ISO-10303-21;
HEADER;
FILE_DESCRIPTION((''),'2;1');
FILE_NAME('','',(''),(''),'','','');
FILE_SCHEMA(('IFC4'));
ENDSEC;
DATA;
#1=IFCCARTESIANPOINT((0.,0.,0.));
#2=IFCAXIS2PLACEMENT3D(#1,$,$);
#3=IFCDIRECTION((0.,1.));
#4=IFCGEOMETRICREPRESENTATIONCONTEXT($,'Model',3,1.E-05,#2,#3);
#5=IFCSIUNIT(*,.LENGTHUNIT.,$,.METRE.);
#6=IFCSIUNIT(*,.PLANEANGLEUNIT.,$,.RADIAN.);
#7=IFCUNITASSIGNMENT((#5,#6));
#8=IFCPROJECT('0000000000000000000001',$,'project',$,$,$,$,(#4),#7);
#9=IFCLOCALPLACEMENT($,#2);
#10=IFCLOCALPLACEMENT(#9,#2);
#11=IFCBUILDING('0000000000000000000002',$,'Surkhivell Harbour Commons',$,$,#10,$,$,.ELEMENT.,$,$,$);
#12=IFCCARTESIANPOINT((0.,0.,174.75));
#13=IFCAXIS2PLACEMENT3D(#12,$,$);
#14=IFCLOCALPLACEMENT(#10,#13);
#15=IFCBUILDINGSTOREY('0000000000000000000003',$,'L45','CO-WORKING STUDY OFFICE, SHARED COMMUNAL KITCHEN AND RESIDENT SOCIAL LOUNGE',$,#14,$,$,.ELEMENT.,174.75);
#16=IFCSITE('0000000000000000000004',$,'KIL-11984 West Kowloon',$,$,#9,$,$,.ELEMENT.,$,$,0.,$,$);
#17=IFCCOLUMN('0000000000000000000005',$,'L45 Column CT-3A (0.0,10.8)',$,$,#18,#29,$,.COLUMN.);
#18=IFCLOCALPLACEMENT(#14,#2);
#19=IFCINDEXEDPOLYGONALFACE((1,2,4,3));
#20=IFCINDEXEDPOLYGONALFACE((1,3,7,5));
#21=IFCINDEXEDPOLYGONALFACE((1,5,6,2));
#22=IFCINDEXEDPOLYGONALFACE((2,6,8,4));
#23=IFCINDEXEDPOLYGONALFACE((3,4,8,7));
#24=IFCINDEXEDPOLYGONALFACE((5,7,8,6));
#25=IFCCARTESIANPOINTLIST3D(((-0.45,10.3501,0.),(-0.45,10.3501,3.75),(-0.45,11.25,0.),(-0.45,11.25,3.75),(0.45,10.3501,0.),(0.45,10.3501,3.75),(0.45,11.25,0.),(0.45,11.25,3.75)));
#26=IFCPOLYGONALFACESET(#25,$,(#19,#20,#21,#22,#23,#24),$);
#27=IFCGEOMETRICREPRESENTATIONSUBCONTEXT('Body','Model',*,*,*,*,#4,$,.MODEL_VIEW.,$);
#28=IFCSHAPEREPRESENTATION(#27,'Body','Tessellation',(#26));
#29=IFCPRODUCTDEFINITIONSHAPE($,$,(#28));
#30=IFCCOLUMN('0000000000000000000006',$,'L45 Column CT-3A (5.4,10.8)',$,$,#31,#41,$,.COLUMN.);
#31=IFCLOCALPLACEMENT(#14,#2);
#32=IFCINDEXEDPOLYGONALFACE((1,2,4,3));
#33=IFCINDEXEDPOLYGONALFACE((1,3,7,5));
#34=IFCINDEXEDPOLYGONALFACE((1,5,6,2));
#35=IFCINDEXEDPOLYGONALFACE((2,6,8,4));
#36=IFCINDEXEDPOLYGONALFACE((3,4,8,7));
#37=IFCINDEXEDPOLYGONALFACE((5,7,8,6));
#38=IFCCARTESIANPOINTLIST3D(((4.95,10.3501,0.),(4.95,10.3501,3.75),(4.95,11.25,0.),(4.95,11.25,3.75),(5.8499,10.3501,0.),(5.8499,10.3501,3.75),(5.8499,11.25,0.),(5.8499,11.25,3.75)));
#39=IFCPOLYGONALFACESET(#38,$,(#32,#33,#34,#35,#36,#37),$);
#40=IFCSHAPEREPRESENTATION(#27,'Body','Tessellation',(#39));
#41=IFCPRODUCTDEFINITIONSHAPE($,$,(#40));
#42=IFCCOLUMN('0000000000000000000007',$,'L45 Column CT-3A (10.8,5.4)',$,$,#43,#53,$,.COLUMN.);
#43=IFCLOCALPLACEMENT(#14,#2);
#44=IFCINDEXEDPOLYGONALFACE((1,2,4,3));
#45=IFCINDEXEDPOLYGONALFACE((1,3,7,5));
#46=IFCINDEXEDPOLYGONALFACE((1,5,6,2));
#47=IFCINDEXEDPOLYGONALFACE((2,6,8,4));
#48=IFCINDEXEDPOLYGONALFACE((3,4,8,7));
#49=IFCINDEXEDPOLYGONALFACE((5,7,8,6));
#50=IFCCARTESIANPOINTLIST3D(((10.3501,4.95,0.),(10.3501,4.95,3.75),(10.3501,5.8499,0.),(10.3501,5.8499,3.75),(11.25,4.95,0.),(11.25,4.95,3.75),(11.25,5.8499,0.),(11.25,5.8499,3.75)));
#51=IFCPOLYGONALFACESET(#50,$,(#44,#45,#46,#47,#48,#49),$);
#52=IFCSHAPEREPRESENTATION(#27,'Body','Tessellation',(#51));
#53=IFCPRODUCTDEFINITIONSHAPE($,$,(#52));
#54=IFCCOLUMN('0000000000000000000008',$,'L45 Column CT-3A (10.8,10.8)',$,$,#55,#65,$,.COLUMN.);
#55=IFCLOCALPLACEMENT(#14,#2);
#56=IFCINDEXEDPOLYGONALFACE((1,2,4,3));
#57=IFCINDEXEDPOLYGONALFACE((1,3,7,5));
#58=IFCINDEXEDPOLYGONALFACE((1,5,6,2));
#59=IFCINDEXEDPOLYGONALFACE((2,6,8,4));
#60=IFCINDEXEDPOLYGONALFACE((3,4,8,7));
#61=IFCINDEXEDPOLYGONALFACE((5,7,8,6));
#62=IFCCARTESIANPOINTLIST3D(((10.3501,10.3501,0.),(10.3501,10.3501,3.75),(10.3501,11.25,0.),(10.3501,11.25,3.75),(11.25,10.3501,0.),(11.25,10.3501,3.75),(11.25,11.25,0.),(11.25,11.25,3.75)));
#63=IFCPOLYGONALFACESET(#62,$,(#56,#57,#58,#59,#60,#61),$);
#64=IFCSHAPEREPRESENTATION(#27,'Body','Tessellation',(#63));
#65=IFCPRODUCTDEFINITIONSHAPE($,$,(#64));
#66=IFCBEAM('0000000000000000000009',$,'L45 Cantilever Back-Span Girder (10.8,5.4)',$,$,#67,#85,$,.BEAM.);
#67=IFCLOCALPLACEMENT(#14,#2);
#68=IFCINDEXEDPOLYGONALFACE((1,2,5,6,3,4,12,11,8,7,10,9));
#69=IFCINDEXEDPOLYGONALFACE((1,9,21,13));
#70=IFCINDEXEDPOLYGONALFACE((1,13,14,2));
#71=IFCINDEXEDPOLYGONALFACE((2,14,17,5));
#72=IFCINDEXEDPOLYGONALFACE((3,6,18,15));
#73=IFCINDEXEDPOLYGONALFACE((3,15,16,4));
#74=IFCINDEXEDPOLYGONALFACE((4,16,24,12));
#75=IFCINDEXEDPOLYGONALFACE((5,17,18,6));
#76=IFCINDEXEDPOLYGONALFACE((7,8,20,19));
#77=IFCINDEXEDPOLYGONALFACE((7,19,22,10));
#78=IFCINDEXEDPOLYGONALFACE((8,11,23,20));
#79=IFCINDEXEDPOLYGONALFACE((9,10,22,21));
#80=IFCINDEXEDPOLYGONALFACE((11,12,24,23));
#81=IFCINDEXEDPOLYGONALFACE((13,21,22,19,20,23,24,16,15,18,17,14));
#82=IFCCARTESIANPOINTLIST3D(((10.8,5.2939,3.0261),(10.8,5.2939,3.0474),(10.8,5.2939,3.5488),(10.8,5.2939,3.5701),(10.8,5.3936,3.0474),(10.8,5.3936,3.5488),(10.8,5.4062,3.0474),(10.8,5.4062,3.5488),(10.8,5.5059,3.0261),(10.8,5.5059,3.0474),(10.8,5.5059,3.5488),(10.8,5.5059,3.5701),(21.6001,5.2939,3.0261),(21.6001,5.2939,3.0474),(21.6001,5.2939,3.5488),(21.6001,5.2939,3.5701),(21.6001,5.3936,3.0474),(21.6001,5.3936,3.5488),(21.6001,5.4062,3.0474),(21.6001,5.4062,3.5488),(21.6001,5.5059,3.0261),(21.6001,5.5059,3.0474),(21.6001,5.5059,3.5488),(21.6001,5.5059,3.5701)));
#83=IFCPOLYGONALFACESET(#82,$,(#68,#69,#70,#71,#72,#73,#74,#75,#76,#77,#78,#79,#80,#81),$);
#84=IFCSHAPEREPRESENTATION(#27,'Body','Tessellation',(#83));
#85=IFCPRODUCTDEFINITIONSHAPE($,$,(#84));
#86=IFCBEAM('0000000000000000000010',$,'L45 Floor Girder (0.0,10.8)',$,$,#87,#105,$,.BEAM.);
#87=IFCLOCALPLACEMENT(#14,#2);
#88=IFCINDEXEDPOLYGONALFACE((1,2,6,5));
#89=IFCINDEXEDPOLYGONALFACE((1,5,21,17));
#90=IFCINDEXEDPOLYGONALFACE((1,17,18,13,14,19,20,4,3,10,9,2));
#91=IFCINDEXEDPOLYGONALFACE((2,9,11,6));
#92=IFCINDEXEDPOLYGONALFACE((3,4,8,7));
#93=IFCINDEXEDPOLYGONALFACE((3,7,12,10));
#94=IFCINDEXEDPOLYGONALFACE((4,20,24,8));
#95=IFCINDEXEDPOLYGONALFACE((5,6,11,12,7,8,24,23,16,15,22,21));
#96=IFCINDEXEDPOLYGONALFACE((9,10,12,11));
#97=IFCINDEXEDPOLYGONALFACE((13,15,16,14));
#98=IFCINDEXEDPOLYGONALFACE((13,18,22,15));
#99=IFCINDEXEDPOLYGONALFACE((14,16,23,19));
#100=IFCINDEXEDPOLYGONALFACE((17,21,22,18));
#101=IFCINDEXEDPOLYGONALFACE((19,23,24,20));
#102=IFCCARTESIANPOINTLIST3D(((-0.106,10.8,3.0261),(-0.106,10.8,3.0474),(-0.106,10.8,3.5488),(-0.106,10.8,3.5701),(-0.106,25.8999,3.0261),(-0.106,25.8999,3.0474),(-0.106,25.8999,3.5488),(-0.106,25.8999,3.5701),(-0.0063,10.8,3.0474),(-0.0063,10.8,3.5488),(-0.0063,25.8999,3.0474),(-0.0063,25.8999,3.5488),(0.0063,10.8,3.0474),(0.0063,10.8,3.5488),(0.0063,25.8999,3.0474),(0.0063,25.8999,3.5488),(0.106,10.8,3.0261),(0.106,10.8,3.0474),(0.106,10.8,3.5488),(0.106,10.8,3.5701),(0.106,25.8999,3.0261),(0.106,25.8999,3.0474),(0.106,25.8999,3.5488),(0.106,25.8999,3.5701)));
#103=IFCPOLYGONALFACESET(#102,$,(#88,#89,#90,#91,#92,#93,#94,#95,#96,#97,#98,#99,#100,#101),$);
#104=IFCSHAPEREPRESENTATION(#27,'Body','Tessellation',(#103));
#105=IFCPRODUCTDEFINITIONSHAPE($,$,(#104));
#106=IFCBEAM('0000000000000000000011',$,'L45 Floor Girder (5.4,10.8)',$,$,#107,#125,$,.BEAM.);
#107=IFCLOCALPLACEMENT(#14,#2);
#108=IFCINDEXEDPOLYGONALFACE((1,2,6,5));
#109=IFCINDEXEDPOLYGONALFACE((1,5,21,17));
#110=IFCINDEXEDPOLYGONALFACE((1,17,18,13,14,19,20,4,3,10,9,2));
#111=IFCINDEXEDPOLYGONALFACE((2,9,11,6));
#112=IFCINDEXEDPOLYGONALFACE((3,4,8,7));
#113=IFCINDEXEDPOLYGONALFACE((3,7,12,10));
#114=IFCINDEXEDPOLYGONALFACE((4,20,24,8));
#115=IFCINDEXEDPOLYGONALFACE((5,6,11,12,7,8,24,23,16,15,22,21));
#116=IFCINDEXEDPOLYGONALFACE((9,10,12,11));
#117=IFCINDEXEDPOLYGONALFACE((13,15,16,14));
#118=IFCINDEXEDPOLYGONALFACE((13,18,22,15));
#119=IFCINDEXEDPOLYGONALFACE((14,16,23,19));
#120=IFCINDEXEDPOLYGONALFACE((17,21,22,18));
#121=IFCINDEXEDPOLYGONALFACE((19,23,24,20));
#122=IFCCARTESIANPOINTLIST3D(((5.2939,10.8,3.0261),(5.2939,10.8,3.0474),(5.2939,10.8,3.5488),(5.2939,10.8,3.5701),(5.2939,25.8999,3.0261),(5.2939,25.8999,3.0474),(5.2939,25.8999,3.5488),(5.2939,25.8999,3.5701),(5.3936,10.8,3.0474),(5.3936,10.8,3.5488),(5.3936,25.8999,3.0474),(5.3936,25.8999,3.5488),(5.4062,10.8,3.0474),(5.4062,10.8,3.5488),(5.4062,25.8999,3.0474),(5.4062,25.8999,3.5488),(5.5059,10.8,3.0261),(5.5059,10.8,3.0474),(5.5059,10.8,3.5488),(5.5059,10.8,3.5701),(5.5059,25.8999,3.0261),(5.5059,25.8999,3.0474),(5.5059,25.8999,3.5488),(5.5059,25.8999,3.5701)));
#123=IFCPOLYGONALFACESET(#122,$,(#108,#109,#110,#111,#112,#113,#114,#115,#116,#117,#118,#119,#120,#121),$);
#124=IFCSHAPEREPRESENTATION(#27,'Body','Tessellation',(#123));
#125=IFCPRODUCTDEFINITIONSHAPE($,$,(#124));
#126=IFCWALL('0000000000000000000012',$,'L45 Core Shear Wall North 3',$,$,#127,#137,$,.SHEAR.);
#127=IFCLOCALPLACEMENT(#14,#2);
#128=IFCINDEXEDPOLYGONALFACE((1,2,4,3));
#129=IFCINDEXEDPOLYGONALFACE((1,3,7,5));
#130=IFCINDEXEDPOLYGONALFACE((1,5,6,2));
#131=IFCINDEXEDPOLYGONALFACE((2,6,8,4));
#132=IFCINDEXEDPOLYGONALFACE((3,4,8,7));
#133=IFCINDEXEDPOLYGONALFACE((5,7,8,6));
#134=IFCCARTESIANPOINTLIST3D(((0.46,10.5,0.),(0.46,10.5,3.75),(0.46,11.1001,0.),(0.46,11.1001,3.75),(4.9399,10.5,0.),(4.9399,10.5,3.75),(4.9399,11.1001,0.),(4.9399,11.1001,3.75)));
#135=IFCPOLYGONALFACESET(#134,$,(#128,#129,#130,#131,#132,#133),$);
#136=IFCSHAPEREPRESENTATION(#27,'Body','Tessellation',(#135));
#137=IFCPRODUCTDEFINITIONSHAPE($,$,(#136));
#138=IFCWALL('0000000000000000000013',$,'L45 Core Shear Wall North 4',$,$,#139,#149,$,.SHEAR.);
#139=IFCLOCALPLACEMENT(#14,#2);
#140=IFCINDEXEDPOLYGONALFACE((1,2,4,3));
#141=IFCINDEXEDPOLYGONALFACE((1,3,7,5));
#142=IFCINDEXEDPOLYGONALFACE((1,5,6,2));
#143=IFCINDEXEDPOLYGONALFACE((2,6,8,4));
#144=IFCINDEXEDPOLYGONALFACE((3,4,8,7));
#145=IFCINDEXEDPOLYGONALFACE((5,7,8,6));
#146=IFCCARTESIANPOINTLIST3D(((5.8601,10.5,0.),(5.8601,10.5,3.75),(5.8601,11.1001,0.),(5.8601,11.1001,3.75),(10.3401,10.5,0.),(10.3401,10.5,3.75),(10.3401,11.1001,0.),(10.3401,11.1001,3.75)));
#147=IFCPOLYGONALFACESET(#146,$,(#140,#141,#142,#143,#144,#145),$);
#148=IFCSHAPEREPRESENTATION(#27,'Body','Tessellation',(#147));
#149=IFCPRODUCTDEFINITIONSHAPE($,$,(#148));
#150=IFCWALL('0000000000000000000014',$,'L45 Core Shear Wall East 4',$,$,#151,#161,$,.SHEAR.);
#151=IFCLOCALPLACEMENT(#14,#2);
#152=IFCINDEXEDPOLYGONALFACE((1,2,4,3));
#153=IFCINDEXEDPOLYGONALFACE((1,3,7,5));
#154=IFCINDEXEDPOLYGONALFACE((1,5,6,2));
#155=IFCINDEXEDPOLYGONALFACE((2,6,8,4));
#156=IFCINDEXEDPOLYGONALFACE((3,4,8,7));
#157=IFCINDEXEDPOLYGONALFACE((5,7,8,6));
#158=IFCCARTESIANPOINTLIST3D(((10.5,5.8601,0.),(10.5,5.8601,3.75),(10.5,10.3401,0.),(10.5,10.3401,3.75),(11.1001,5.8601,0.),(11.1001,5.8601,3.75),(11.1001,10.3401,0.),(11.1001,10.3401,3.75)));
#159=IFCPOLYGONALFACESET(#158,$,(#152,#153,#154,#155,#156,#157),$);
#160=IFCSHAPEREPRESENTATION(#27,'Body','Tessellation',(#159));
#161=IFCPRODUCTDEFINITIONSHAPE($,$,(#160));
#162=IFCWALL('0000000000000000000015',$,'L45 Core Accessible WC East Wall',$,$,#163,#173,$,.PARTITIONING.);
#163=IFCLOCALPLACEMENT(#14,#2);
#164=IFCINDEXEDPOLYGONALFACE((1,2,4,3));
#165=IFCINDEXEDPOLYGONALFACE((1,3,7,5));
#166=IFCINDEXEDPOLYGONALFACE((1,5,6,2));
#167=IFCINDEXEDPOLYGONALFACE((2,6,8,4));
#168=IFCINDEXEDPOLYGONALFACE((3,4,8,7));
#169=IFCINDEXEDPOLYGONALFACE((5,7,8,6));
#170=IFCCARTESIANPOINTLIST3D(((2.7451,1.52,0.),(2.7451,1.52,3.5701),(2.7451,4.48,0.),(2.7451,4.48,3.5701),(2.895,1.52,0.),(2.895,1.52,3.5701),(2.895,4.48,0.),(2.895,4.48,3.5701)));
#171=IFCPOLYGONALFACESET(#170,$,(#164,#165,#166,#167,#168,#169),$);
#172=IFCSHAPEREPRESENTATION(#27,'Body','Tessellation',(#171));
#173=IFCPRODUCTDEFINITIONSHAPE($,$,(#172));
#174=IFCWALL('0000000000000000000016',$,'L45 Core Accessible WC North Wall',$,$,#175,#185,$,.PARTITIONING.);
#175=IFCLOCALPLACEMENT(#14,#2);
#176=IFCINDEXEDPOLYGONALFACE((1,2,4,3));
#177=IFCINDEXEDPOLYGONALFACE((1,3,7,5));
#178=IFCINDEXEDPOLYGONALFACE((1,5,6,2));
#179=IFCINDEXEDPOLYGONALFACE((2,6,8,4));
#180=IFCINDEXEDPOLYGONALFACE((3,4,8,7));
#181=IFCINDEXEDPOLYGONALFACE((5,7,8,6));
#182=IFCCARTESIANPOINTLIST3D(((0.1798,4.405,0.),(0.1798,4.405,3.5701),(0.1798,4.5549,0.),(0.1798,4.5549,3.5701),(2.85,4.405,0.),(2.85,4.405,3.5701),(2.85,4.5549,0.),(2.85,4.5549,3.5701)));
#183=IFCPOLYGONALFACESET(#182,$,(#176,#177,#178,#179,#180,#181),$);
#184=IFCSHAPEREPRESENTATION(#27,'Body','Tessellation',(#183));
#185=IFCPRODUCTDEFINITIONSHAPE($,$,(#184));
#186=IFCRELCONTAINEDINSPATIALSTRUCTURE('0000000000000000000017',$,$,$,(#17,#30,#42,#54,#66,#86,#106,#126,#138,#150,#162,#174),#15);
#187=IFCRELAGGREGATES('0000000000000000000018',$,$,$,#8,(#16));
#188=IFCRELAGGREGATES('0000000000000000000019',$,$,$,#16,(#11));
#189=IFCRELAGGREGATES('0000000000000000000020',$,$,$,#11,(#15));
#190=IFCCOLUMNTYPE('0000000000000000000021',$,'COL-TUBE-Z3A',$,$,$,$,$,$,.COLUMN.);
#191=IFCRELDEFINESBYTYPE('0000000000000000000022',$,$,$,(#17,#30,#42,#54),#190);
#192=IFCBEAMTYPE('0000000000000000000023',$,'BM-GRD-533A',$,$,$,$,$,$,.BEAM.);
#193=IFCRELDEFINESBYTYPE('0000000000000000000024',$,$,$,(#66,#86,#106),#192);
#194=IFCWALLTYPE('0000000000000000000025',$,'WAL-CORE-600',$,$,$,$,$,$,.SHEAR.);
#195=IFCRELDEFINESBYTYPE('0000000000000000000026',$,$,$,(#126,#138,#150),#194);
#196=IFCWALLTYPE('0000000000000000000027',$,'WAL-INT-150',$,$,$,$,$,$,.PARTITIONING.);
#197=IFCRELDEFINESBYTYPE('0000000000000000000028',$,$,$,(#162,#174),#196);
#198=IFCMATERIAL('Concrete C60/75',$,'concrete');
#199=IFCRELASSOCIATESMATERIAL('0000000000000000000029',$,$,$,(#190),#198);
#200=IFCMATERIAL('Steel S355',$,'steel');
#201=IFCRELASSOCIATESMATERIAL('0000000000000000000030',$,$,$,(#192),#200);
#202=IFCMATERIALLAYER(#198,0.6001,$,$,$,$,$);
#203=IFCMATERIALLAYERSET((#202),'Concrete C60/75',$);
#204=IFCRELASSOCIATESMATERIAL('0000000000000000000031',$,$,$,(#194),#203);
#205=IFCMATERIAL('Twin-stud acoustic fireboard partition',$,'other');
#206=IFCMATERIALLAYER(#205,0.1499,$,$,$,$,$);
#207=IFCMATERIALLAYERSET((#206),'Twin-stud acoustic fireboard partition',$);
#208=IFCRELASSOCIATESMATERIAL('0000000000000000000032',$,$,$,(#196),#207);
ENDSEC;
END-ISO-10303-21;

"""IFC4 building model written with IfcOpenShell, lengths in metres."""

from ifc_helpers import new_model, si_unit, direction, frame, frame_2d, origin, origin_2d, place, context, subcontext, project, spatial, rectangle, i_section, extrude, material, layer, layer_set, material_profile, profile_set, type_object, element, save


model = new_model("IFC4")

# Units and contexts
model_context = context("Model", 3, precision=1e-05, world=origin(), true_north=direction((0.0, 1.0)))
body_context = subcontext(model_context, "Body", "Model", "MODEL_VIEW")
ifc_project = project(units=[si_unit("LENGTHUNIT", "METRE"), si_unit("PLANEANGLEUNIT", "RADIAN")], contexts=[model_context])

# Site, building, storey
site_placement = place(None, origin())
site = spatial("IfcSite", under=ifc_project, at=site_placement, Name="KIL-11984 West Kowloon", CompositionType="ELEMENT", RefElevation=0.0)
building_placement = place(site_placement, origin())
building = spatial("IfcBuilding", under=site, at=building_placement, Name="Surkhivell Harbour Commons", CompositionType="ELEMENT")
storey_placement = place(building_placement, frame((0.0, 0.0, 174.75)))
storey = spatial("IfcBuildingStorey", under=building, at=storey_placement, Name="L45", Description="CO-WORKING STUDY OFFICE, SHARED COMMUNAL KITCHEN AND RESIDENT SOCIAL LOUNGE", CompositionType="ELEMENT", Elevation=174.75)

# Columns
ifc_material_1 = material(Name="Concrete C60/75", Category="concrete")
ifc_material_profile_1 = material_profile(ifc_material_1, rectangle(XDim=0.8999, YDim=0.8999, at=origin_2d()), Name="RC-COL-900x900")
ifc_profile_set_1 = profile_set([ifc_material_profile_1], Name="Concrete C60/75")
column_type = type_object("IfcColumnType", Name="COL-TUBE-Z3A", PredefinedType="COLUMN", material=ifc_profile_set_1)
for number, where, z_axis, x_axis, name in (
    (1, (0.0, 10.8, 0.0), (0.0, 0.0, 1.0), (1.0, 0.0, 0.0), "L45 Column CT-3A (0.0,10.8)"),
    (2, (5.3999, 10.8, 0.0), (0.0, 0.0, 1.0), (1.0, 0.0, 0.0), "L45 Column CT-3A (5.4,10.8)"),
    (3, (10.8, 5.3999, 0.0), (0.0, 0.0, 1.0), (1.0, 0.0, 0.0), "L45 Column CT-3A (10.8,5.4)"),
    (4, (10.8, 10.8, 0.0), (0.0, 0.0, 1.0), (1.0, 0.0, 0.0), "L45 Column CT-3A (10.8,10.8)"),
):
    element("IfcColumn", number, at=place(storey_placement, frame(where, z_axis=z_axis, x_axis=x_axis)), inside=storey, type_object=column_type, Name=name, PredefinedType="COLUMN", context=body_context, shape_type="SweptSolid", body=[
        extrude(rectangle(XDim=0.8999, YDim=0.8999, at=origin_2d()), origin(), (0.0, 0.0, 1.0), 3.75),
    ])

# Beams
ifc_material_2 = material(Name="Steel S355", Category="steel")
ifc_material_profile_2 = material_profile(ifc_material_2, i_section(OverallWidth=0.2119, OverallDepth=0.5439, WebThickness=0.0127, FlangeThickness=0.0212, at=origin_2d()), Name="UB533x210x122")
ifc_profile_set_2 = profile_set([ifc_material_profile_2], Name="Steel S355")
beam_type = type_object("IfcBeamType", Name="BM-GRD-533A", PredefinedType="BEAM", material=ifc_profile_set_2)
beam_placement = place(storey_placement, frame((10.8, 5.3999, 3.2981), z_axis=(1.0, 0.0, 0.0), x_axis=(0.0, 1.0, 0.0)))
element("IfcBeam", 5, at=beam_placement, inside=storey, type_object=beam_type, Name="L45 Cantilever Back-Span Girder (10.8,5.4)", PredefinedType="BEAM", context=body_context, shape_type="SweptSolid", body=[
    extrude(i_section(OverallWidth=0.2119, OverallDepth=0.5439, WebThickness=0.0127, FlangeThickness=0.0212, at=origin_2d()), origin(), (0.0, 0.0, 1.0), 10.8),
])
for number, where, z_axis, x_axis, name in (
    (6, (0.0, 10.8, 3.2981), (0.0, 1.0, 0.0), (-1.0, 0.0, 0.0), "L45 Floor Girder (0.0,10.8)"),
    (7, (5.3999, 10.8, 3.2981), (0.0, 1.0, 0.0), (-1.0, 0.0, 0.0), "L45 Floor Girder (5.4,10.8)"),
):
    element("IfcBeam", number, at=place(storey_placement, frame(where, z_axis=z_axis, x_axis=x_axis)), inside=storey, type_object=beam_type, Name=name, PredefinedType="BEAM", context=body_context, shape_type="SweptSolid", body=[
        extrude(i_section(OverallWidth=0.2119, OverallDepth=0.5439, WebThickness=0.0127, FlangeThickness=0.0212, at=origin_2d()), origin(), (0.0, 0.0, 1.0), 15.0999),
    ])

# Walls
ifc_layer_1 = layer(ifc_material_1, 0.6001)
ifc_layer_set_1 = layer_set([ifc_layer_1], Name="Concrete C60/75")
wall_type_1 = type_object("IfcWallType", Name="WAL-CORE-600", PredefinedType="SHEAR", material=ifc_layer_set_1)
for number, where, z_axis, x_axis, name in (
    (8, (0.46, 10.8, 0.0), (0.0, 0.0, 1.0), (1.0, 0.0, 0.0), "L45 Core Shear Wall North 3"),
    (9, (5.8601, 10.8, 0.0), (0.0, 0.0, 1.0), (1.0, 0.0, 0.0), "L45 Core Shear Wall North 4"),
    (10, (10.8, 5.8601, 0.0), (0.0, 0.0, 1.0), (0.0, 1.0, 0.0), "L45 Core Shear Wall East 4"),
):
    element("IfcWall", number, at=place(storey_placement, frame(where, z_axis=z_axis, x_axis=x_axis)), inside=storey, type_object=wall_type_1, Name=name, PredefinedType="SHEAR", context=body_context, shape_type="SweptSolid", body=[
        extrude(rectangle(XDim=4.48, YDim=0.6001, at=frame_2d((2.24, 0.0))), origin(), (0.0, 0.0, 1.0), 3.75),
    ])
ifc_material_3 = material(Name="Twin-stud acoustic fireboard partition", Category="other")
ifc_layer_2 = layer(ifc_material_3, 0.1499)
ifc_layer_set_2 = layer_set([ifc_layer_2], Name="Twin-stud acoustic fireboard partition")
wall_type_2 = type_object("IfcWallType", Name="WAL-INT-150", PredefinedType="PARTITIONING", material=ifc_layer_set_2)
wall_1_placement = place(storey_placement, frame((2.8201, 1.52, 0.0), z_axis=(0.0, 0.0, 1.0), x_axis=(0.0, 1.0, 0.0)))
element("IfcWall", 11, at=wall_1_placement, inside=storey, type_object=wall_type_2, Name="L45 Core Accessible WC East Wall", PredefinedType="PARTITIONING", context=body_context, shape_type="SweptSolid", body=[
    extrude(rectangle(XDim=2.96, YDim=0.1499, at=frame_2d((1.48, 0.0))), origin(), (0.0, 0.0, 1.0), 3.5701),
])
wall_2_placement = place(storey_placement, frame((0.1799, 4.48, 0.0), z_axis=(0.0, 0.0, 1.0), x_axis=(1.0, 0.0, 0.0)))
element("IfcWall", 12, at=wall_2_placement, inside=storey, type_object=wall_type_2, Name="L45 Core Accessible WC North Wall", PredefinedType="PARTITIONING", context=body_context, shape_type="SweptSolid", body=[
    extrude(rectangle(XDim=2.6702, YDim=0.1499, at=frame_2d((1.335, 0.0))), origin(), (0.0, 0.0, 1.0), 3.5701),
])

save(model, "model.ifc")
